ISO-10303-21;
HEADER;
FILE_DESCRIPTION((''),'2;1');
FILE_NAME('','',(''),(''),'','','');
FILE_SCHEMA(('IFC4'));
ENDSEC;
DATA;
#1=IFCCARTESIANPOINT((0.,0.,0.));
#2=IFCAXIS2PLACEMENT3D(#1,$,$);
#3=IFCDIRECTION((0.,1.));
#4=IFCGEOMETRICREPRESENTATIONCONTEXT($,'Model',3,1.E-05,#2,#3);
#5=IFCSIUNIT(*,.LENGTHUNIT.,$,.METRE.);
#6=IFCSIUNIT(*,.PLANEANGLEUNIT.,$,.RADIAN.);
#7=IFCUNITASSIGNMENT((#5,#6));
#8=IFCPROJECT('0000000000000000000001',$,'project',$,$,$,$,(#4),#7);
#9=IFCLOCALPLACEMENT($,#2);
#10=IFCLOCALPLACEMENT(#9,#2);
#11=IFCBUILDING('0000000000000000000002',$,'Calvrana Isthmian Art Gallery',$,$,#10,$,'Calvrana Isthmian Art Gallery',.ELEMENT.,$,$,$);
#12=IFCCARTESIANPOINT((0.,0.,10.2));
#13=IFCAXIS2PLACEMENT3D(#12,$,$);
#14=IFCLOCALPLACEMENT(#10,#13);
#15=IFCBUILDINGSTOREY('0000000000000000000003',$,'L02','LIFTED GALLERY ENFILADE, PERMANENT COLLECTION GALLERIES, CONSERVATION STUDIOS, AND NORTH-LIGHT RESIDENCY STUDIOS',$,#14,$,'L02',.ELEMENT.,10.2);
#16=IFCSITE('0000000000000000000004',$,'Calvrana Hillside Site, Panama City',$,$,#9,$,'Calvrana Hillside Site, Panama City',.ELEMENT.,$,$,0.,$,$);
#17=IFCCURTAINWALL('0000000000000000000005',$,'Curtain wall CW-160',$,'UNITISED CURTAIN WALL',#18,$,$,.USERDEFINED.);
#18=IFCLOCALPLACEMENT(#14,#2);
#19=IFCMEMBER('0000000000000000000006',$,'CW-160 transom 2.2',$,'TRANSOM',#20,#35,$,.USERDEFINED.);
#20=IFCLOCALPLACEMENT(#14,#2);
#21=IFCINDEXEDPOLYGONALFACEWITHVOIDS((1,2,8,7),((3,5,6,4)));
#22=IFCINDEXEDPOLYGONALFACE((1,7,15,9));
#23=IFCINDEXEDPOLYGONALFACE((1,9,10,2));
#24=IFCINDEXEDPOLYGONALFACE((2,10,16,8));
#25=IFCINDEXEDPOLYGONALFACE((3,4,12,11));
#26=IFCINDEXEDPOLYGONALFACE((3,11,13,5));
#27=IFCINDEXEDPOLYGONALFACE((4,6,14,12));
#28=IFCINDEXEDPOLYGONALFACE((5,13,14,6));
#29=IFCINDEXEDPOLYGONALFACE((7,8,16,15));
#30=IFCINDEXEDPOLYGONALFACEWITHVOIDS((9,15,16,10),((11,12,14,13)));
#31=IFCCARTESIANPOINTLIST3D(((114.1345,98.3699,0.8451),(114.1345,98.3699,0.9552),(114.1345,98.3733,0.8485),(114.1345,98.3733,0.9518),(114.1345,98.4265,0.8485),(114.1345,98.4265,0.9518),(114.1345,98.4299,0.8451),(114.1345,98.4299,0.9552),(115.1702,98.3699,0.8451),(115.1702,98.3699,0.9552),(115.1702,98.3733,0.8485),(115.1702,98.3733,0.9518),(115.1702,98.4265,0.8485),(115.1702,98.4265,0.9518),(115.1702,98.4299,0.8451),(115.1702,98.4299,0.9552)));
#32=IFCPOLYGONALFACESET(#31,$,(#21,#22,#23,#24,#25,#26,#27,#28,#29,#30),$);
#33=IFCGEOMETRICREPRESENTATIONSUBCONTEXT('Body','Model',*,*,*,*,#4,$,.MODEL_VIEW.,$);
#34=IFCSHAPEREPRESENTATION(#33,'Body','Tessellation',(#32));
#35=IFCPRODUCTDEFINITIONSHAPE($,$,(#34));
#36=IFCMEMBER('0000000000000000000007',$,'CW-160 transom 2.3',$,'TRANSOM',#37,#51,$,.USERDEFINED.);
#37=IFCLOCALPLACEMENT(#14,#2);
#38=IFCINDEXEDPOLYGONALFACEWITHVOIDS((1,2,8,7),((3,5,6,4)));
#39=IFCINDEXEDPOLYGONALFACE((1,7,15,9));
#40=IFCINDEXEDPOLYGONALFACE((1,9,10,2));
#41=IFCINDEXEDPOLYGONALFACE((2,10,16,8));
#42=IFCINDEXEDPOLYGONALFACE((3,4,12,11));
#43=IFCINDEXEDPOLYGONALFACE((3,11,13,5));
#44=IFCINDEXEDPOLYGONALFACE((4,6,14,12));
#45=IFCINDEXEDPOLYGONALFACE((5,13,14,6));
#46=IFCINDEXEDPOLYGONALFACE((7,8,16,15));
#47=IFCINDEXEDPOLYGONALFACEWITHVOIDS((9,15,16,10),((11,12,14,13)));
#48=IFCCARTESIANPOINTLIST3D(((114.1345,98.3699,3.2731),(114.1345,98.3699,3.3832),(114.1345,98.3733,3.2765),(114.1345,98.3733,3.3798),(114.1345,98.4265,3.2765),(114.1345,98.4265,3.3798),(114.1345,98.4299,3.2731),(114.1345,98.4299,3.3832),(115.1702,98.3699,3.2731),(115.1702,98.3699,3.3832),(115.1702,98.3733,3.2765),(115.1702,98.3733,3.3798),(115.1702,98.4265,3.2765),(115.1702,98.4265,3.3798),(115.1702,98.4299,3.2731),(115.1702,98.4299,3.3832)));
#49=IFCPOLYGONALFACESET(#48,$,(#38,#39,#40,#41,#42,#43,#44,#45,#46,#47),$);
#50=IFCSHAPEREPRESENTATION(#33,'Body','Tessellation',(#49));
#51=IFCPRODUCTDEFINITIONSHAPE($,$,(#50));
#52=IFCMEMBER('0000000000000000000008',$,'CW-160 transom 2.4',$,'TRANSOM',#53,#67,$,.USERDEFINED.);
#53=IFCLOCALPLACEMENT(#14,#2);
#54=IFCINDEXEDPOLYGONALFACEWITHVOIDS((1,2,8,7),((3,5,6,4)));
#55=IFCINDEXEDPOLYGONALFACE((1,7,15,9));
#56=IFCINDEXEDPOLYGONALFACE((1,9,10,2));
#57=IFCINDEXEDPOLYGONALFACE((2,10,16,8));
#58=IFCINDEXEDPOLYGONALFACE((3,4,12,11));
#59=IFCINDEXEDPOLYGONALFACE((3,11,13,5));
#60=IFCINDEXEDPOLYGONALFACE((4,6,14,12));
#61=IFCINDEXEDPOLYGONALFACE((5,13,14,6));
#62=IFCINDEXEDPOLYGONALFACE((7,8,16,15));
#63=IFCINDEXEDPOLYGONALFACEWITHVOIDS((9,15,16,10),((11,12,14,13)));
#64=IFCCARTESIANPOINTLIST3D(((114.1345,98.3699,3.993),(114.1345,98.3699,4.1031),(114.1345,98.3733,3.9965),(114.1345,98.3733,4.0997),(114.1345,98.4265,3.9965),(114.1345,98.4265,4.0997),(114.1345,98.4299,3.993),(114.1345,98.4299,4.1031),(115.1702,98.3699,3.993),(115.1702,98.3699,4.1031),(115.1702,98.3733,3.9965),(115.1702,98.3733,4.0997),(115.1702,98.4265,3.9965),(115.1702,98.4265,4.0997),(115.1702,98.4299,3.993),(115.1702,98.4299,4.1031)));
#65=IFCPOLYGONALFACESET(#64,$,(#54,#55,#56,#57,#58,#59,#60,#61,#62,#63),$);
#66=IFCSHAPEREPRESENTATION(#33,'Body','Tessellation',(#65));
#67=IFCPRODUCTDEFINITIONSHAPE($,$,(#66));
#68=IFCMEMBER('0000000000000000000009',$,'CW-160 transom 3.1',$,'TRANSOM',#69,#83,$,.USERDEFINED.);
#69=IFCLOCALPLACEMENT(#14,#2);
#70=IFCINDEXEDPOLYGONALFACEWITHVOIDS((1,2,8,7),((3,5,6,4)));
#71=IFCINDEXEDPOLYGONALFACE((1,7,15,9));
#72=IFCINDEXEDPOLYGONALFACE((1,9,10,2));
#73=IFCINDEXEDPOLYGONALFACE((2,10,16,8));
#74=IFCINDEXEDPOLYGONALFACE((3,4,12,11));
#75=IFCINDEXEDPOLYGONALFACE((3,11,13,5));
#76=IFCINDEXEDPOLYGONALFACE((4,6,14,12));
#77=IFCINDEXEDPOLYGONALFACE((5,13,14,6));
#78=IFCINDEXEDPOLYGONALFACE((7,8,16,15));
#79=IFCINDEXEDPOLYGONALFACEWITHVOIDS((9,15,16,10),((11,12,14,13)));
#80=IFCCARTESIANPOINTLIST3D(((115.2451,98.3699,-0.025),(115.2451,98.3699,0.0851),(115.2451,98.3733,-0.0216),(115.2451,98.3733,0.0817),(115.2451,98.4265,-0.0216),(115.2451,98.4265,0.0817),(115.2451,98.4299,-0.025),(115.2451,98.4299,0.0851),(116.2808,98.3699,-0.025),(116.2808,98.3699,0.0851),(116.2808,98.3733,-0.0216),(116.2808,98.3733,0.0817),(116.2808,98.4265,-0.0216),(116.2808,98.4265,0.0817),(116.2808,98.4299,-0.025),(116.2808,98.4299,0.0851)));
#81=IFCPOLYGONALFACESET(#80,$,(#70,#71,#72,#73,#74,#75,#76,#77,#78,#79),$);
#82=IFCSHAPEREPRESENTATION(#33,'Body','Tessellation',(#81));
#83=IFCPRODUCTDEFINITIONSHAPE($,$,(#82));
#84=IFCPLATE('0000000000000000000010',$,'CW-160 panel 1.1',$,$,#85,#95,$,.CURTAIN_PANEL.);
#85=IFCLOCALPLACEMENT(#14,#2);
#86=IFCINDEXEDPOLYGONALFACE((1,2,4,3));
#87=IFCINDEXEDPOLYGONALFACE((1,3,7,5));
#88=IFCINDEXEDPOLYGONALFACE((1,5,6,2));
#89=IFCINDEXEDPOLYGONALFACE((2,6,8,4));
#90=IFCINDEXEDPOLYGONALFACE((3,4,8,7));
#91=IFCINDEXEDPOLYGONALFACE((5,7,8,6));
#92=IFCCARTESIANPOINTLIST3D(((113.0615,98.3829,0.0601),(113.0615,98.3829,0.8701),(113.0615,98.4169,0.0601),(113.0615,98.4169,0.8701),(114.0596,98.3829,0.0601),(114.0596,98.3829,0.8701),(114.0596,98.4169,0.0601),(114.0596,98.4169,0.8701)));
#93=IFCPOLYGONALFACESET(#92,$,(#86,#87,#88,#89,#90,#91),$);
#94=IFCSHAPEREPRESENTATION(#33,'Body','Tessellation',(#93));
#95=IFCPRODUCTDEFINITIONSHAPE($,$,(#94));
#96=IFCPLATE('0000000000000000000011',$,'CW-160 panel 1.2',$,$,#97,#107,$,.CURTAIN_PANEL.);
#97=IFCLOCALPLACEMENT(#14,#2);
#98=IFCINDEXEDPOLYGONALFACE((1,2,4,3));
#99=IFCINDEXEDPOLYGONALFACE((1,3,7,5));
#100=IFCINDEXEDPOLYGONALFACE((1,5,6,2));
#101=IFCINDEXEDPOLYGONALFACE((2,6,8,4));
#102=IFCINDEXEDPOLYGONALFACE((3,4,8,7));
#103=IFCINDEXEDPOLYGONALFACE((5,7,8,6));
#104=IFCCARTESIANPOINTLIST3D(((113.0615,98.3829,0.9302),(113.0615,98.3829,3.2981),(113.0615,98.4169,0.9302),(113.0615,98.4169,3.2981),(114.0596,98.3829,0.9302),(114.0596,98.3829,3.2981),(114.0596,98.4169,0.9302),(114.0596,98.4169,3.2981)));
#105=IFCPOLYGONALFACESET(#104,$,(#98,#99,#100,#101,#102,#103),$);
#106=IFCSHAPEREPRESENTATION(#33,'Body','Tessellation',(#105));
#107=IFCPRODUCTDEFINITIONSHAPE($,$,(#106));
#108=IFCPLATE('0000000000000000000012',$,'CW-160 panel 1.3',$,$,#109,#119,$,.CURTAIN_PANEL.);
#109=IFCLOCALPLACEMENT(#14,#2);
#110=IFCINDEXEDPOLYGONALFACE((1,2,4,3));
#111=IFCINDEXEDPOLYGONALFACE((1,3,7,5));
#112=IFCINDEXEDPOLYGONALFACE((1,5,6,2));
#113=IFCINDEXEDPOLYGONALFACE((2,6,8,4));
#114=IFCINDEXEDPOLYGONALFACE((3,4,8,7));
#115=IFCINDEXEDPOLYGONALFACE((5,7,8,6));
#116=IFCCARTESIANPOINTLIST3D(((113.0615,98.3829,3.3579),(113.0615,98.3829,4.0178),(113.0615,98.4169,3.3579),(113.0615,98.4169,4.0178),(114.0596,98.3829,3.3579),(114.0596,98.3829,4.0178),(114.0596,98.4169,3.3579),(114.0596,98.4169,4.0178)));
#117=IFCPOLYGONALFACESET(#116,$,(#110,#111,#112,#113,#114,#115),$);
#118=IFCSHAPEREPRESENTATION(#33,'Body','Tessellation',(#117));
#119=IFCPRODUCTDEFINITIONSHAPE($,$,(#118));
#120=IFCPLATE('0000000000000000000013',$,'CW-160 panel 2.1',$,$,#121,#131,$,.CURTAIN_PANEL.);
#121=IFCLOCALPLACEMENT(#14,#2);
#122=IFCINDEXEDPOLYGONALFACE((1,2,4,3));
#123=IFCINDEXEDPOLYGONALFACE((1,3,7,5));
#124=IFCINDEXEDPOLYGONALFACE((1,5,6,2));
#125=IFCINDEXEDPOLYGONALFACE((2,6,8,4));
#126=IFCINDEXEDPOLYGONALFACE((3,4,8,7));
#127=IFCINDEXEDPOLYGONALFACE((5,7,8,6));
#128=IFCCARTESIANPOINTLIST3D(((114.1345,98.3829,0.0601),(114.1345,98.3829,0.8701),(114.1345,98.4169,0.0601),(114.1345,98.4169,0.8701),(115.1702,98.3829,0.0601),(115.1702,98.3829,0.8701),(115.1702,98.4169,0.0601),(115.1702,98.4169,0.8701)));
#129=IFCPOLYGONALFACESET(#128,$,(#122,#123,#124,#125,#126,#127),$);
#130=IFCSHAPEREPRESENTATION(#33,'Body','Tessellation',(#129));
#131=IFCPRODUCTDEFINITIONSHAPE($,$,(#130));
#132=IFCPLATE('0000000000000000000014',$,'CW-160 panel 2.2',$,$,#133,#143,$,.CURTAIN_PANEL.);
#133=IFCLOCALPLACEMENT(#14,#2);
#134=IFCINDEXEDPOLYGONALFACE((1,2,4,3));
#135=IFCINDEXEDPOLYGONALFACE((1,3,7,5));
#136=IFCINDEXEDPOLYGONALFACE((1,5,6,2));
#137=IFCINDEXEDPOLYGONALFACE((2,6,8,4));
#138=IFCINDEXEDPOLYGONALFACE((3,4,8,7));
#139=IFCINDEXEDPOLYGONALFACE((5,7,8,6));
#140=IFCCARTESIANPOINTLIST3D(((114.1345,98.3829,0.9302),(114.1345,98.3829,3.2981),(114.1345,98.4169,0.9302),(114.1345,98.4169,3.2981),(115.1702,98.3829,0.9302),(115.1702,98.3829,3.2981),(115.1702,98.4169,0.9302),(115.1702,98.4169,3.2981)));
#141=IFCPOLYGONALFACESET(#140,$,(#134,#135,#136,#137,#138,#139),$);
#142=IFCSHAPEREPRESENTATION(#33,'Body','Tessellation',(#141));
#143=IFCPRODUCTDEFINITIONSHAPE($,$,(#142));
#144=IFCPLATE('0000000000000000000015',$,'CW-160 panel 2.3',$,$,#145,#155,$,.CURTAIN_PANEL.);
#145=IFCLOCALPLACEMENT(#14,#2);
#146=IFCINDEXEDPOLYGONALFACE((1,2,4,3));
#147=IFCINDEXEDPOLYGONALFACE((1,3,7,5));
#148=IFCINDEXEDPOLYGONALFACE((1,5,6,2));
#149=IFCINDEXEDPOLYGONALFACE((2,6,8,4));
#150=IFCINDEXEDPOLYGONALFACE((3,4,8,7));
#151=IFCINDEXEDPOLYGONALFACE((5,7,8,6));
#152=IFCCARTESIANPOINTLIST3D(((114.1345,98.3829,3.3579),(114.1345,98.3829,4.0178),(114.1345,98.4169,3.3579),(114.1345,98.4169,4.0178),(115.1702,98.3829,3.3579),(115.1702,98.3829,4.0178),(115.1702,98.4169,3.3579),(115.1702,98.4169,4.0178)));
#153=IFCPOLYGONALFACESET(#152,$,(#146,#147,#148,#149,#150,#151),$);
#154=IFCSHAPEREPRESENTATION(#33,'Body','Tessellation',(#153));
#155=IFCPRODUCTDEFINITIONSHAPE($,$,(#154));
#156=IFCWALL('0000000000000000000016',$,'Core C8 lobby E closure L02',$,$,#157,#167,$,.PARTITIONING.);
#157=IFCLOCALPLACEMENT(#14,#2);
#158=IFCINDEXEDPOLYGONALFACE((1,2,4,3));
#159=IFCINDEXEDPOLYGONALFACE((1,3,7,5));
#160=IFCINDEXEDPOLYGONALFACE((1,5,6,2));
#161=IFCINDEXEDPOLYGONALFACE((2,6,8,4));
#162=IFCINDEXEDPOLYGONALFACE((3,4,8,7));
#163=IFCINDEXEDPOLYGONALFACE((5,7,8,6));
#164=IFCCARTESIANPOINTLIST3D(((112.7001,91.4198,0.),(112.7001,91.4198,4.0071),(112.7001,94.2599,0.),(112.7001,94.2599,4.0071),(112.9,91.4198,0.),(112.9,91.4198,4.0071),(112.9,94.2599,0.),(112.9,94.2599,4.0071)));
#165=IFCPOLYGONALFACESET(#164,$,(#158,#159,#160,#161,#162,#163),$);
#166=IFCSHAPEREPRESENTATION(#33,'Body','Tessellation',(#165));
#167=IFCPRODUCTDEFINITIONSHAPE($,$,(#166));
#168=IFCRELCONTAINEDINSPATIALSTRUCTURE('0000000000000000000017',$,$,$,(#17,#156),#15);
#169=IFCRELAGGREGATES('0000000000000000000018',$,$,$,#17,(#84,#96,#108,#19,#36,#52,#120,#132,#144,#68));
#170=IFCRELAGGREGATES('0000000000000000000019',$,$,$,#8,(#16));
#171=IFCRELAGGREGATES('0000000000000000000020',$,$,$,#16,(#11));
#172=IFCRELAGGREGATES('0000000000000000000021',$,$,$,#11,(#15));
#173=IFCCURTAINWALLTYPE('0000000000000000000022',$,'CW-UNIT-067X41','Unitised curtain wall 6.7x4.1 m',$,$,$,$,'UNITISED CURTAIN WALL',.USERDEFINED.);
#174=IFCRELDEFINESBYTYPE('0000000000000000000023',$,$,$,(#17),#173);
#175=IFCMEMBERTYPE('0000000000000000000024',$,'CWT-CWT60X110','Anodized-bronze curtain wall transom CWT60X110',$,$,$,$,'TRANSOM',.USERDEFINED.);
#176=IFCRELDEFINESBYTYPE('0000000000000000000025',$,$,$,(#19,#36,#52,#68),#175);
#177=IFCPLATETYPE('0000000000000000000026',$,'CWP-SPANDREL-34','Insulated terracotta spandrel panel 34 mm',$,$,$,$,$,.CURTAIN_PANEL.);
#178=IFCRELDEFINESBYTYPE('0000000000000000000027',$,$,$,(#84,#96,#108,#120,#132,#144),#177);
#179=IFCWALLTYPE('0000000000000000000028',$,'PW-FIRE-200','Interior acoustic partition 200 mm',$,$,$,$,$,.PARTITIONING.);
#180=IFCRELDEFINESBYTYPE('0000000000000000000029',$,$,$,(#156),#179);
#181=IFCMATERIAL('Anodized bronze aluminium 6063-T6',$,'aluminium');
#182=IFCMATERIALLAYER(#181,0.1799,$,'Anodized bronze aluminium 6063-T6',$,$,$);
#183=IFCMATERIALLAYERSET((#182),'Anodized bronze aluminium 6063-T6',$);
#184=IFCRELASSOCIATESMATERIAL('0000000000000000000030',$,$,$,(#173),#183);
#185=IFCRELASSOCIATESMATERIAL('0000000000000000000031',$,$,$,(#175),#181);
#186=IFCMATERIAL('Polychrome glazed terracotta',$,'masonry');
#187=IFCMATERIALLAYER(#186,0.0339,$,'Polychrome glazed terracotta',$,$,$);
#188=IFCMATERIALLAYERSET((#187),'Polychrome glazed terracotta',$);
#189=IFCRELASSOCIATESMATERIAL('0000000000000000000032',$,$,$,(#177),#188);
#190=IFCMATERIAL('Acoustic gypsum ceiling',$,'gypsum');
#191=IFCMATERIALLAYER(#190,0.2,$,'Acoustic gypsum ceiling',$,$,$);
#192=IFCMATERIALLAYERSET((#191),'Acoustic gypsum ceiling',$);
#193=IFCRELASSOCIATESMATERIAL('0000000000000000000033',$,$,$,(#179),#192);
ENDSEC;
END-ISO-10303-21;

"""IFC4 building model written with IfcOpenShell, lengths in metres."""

from ifc_helpers import new_model, si_unit, direction, frame, frame_2d, origin, origin_2d, place, context, subcontext, project, spatial, rectangle, hollow_rectangle, extrude, material, layer, layer_set, material_profile, profile_set, type_object, element, aggregate, save


model = new_model("IFC4")

# Units and contexts
model_context = context("Model", 3, precision=1e-05, world=origin(), true_north=direction((0.0, 1.0)))
body_context = subcontext(model_context, "Body", "Model", "MODEL_VIEW")
ifc_project = project(units=[si_unit("LENGTHUNIT", "METRE"), si_unit("PLANEANGLEUNIT", "RADIAN")], contexts=[model_context])

# Site, building, storey
site_placement = place(None, origin())
site = spatial("IfcSite", under=ifc_project, at=site_placement, Name="Calvrana Hillside Site, Panama City", LongName="Calvrana Hillside Site, Panama City", CompositionType="ELEMENT", RefElevation=0.0)
building_placement = place(site_placement, origin())
building = spatial("IfcBuilding", under=site, at=building_placement, Name="Calvrana Isthmian Art Gallery", LongName="Calvrana Isthmian Art Gallery", CompositionType="ELEMENT")
storey_placement = place(building_placement, frame((0.0, 0.0, 10.2)))
storey = spatial("IfcBuildingStorey", under=building, at=storey_placement, Name="L02", Description="LIFTED GALLERY ENFILADE, PERMANENT COLLECTION GALLERIES, CONSERVATION STUDIOS, AND NORTH-LIGHT RESIDENCY STUDIOS", LongName="L02", CompositionType="ELEMENT", Elevation=10.2)

# Curtain wall, members, plates
ifc_material_1 = material(Name="Anodized bronze aluminium 6063-T6", Category="aluminium")
ifc_layer_1 = layer(ifc_material_1, 0.1799, Name="Anodized bronze aluminium 6063-T6")
ifc_layer_set_1 = layer_set([ifc_layer_1], Name="Anodized bronze aluminium 6063-T6")
curtain_wall_type = type_object("IfcCurtainWallType", Name="CW-UNIT-067X41", Description="Unitised curtain wall 6.7x4.1 m", ElementType="UNITISED CURTAIN WALL", PredefinedType="USERDEFINED", material=ifc_layer_set_1)
curtain_wall_placement = place(storey_placement, origin())
curtain_wall = element("IfcCurtainWall", 1, at=curtain_wall_placement, inside=storey, type_object=curtain_wall_type, Name="Curtain wall CW-160", ObjectType="UNITISED CURTAIN WALL", PredefinedType="USERDEFINED")
ifc_material_profile_1 = material_profile(ifc_material_1, hollow_rectangle(XDim=0.0601, YDim=0.1101, WallThickness=0.0034, at=origin_2d()), Name="CWT60X110")
ifc_profile_set_1 = profile_set([ifc_material_profile_1], Name="Anodized bronze aluminium 6063-T6")
member_type_1 = type_object("IfcMemberType", Name="CWT-CWT60X110", Description="Anodized-bronze curtain wall transom CWT60X110", ElementType="TRANSOM", PredefinedType="USERDEFINED", material=ifc_profile_set_1)
member_1_placement = place(storey_placement, frame((114.1345, 98.3999, 0.9001), z_axis=(1.0, 0.0, 0.0), x_axis=(0.0, 1.0, 0.0)))
member_1 = element("IfcMember", 2, at=member_1_placement, type_object=member_type_1, Name="CW-160 transom 2.2", ObjectType="TRANSOM", PredefinedType="USERDEFINED", context=body_context, shape_type="SweptSolid", body=[
    extrude(hollow_rectangle(XDim=0.0601, YDim=0.1101, WallThickness=0.0034, at=origin_2d()), origin(), (0.0, 0.0, 1.0), 1.0356),
])
member_2_placement = place(storey_placement, frame((114.1345, 98.3999, 3.3281), z_axis=(1.0, 0.0, 0.0), x_axis=(0.0, 1.0, 0.0)))
member_2 = element("IfcMember", 3, at=member_2_placement, type_object=member_type_1, Name="CW-160 transom 2.3", ObjectType="TRANSOM", PredefinedType="USERDEFINED", context=body_context, shape_type="SweptSolid", body=[
    extrude(hollow_rectangle(XDim=0.0601, YDim=0.1101, WallThickness=0.0034, at=origin_2d()), origin(), (0.0, 0.0, 1.0), 1.0356),
])
member_3_placement = place(storey_placement, frame((114.1345, 98.3999, 4.0481), z_axis=(1.0, 0.0, 0.0), x_axis=(0.0, 1.0, 0.0)))
member_3 = element("IfcMember", 4, at=member_3_placement, type_object=member_type_1, Name="CW-160 transom 2.4", ObjectType="TRANSOM", PredefinedType="USERDEFINED", context=body_context, shape_type="SweptSolid", body=[
    extrude(hollow_rectangle(XDim=0.0601, YDim=0.1101, WallThickness=0.0034, at=origin_2d()), origin(), (0.0, 0.0, 1.0), 1.0356),
])
member_4_placement = place(storey_placement, frame((115.2451, 98.3999, 0.03), z_axis=(1.0, 0.0, 0.0), x_axis=(0.0, 1.0, 0.0)))
member_4 = element("IfcMember", 5, at=member_4_placement, type_object=member_type_1, Name="CW-160 transom 3.1", ObjectType="TRANSOM", PredefinedType="USERDEFINED", context=body_context, shape_type="SweptSolid", body=[
    extrude(hollow_rectangle(XDim=0.0601, YDim=0.1101, WallThickness=0.0034, at=origin_2d()), origin(), (0.0, 0.0, 1.0), 1.0356),
])
ifc_material_2 = material(Name="Polychrome glazed terracotta", Category="masonry")
ifc_layer_2 = layer(ifc_material_2, 0.0339, Name="Polychrome glazed terracotta")
ifc_layer_set_2 = layer_set([ifc_layer_2], Name="Polychrome glazed terracotta")
plate_type = type_object("IfcPlateType", Name="CWP-SPANDREL-34", Description="Insulated terracotta spandrel panel 34 mm", PredefinedType="CURTAIN_PANEL", material=ifc_layer_set_2)
plate_1_placement = place(storey_placement, frame((113.5605, 98.3999, 0.0601), z_axis=(0.0, 0.0, 1.0), x_axis=(1.0, 0.0, 0.0)))
plate_1 = element("IfcPlate", 6, at=plate_1_placement, type_object=plate_type, Name="CW-160 panel 1.1", PredefinedType="CURTAIN_PANEL", context=body_context, shape_type="SweptSolid", body=[
    extrude(rectangle(XDim=0.998, YDim=0.0339, at=origin_2d()), origin(), (0.0, 0.0, 1.0), 0.8101),
])
plate_2_placement = place(storey_placement, frame((113.5605, 98.3999, 0.9302), z_axis=(0.0, 0.0, 1.0), x_axis=(1.0, 0.0, 0.0)))
plate_2 = element("IfcPlate", 7, at=plate_2_placement, type_object=plate_type, Name="CW-160 panel 1.2", PredefinedType="CURTAIN_PANEL", context=body_context, shape_type="SweptSolid", body=[
    extrude(rectangle(XDim=0.998, YDim=0.0339, at=origin_2d()), origin(), (0.0, 0.0, 1.0), 2.3679),
])
plate_3_placement = place(storey_placement, frame((113.5605, 98.3999, 3.3579), z_axis=(0.0, 0.0, 1.0), x_axis=(1.0, 0.0, 0.0)))
plate_3 = element("IfcPlate", 8, at=plate_3_placement, type_object=plate_type, Name="CW-160 panel 1.3", PredefinedType="CURTAIN_PANEL", context=body_context, shape_type="SweptSolid", body=[
    extrude(rectangle(XDim=0.998, YDim=0.0339, at=origin_2d()), origin(), (0.0, 0.0, 1.0), 0.6599),
])
plate_4_placement = place(storey_placement, frame((114.6523, 98.3999, 0.0601), z_axis=(0.0, 0.0, 1.0), x_axis=(1.0, 0.0, 0.0)))
plate_4 = element("IfcPlate", 9, at=plate_4_placement, type_object=plate_type, Name="CW-160 panel 2.1", PredefinedType="CURTAIN_PANEL", context=body_context, shape_type="SweptSolid", body=[
    extrude(rectangle(XDim=1.0356, YDim=0.0339, at=origin_2d()), origin(), (0.0, 0.0, 1.0), 0.8101),
])
plate_5_placement = place(storey_placement, frame((114.6523, 98.3999, 0.9302), z_axis=(0.0, 0.0, 1.0), x_axis=(1.0, 0.0, 0.0)))
plate_5 = element("IfcPlate", 10, at=plate_5_placement, type_object=plate_type, Name="CW-160 panel 2.2", PredefinedType="CURTAIN_PANEL", context=body_context, shape_type="SweptSolid", body=[
    extrude(rectangle(XDim=1.0356, YDim=0.0339, at=origin_2d()), origin(), (0.0, 0.0, 1.0), 2.3679),
])
plate_6_placement = place(storey_placement, frame((114.6523, 98.3999, 3.3579), z_axis=(0.0, 0.0, 1.0), x_axis=(1.0, 0.0, 0.0)))
plate_6 = element("IfcPlate", 11, at=plate_6_placement, type_object=plate_type, Name="CW-160 panel 2.3", PredefinedType="CURTAIN_PANEL", context=body_context, shape_type="SweptSolid", body=[
    extrude(rectangle(XDim=1.0356, YDim=0.0339, at=origin_2d()), origin(), (0.0, 0.0, 1.0), 0.6599),
])
aggregate(curtain_wall, [plate_1, plate_2, plate_3, member_1, member_2, member_3, plate_4, plate_5, plate_6, member_4])

# Wall
ifc_material_3 = material(Name="Acoustic gypsum ceiling", Category="gypsum")
ifc_layer_3 = layer(ifc_material_3, 0.2, Name="Acoustic gypsum ceiling")
ifc_layer_set_3 = layer_set([ifc_layer_3], Name="Acoustic gypsum ceiling")
wall_type = type_object("IfcWallType", Name="PW-FIRE-200", Description="Interior acoustic partition 200 mm", PredefinedType="PARTITIONING", material=ifc_layer_set_3)
wall_placement = place(storey_placement, frame((112.8, 91.4199, 0.0), z_axis=(0.0, 0.0, 1.0), x_axis=(0.0, 1.0, 0.0)))
element("IfcWall", 12, at=wall_placement, inside=storey, type_object=wall_type, Name="Core C8 lobby E closure L02", PredefinedType="PARTITIONING", context=body_context, shape_type="SweptSolid", body=[
    extrude(rectangle(XDim=2.8401, YDim=0.2, at=frame_2d((1.4199, 0.0))), origin(), (0.0, 0.0, 1.0), 4.0071),
])

save(model, "model.ifc")
